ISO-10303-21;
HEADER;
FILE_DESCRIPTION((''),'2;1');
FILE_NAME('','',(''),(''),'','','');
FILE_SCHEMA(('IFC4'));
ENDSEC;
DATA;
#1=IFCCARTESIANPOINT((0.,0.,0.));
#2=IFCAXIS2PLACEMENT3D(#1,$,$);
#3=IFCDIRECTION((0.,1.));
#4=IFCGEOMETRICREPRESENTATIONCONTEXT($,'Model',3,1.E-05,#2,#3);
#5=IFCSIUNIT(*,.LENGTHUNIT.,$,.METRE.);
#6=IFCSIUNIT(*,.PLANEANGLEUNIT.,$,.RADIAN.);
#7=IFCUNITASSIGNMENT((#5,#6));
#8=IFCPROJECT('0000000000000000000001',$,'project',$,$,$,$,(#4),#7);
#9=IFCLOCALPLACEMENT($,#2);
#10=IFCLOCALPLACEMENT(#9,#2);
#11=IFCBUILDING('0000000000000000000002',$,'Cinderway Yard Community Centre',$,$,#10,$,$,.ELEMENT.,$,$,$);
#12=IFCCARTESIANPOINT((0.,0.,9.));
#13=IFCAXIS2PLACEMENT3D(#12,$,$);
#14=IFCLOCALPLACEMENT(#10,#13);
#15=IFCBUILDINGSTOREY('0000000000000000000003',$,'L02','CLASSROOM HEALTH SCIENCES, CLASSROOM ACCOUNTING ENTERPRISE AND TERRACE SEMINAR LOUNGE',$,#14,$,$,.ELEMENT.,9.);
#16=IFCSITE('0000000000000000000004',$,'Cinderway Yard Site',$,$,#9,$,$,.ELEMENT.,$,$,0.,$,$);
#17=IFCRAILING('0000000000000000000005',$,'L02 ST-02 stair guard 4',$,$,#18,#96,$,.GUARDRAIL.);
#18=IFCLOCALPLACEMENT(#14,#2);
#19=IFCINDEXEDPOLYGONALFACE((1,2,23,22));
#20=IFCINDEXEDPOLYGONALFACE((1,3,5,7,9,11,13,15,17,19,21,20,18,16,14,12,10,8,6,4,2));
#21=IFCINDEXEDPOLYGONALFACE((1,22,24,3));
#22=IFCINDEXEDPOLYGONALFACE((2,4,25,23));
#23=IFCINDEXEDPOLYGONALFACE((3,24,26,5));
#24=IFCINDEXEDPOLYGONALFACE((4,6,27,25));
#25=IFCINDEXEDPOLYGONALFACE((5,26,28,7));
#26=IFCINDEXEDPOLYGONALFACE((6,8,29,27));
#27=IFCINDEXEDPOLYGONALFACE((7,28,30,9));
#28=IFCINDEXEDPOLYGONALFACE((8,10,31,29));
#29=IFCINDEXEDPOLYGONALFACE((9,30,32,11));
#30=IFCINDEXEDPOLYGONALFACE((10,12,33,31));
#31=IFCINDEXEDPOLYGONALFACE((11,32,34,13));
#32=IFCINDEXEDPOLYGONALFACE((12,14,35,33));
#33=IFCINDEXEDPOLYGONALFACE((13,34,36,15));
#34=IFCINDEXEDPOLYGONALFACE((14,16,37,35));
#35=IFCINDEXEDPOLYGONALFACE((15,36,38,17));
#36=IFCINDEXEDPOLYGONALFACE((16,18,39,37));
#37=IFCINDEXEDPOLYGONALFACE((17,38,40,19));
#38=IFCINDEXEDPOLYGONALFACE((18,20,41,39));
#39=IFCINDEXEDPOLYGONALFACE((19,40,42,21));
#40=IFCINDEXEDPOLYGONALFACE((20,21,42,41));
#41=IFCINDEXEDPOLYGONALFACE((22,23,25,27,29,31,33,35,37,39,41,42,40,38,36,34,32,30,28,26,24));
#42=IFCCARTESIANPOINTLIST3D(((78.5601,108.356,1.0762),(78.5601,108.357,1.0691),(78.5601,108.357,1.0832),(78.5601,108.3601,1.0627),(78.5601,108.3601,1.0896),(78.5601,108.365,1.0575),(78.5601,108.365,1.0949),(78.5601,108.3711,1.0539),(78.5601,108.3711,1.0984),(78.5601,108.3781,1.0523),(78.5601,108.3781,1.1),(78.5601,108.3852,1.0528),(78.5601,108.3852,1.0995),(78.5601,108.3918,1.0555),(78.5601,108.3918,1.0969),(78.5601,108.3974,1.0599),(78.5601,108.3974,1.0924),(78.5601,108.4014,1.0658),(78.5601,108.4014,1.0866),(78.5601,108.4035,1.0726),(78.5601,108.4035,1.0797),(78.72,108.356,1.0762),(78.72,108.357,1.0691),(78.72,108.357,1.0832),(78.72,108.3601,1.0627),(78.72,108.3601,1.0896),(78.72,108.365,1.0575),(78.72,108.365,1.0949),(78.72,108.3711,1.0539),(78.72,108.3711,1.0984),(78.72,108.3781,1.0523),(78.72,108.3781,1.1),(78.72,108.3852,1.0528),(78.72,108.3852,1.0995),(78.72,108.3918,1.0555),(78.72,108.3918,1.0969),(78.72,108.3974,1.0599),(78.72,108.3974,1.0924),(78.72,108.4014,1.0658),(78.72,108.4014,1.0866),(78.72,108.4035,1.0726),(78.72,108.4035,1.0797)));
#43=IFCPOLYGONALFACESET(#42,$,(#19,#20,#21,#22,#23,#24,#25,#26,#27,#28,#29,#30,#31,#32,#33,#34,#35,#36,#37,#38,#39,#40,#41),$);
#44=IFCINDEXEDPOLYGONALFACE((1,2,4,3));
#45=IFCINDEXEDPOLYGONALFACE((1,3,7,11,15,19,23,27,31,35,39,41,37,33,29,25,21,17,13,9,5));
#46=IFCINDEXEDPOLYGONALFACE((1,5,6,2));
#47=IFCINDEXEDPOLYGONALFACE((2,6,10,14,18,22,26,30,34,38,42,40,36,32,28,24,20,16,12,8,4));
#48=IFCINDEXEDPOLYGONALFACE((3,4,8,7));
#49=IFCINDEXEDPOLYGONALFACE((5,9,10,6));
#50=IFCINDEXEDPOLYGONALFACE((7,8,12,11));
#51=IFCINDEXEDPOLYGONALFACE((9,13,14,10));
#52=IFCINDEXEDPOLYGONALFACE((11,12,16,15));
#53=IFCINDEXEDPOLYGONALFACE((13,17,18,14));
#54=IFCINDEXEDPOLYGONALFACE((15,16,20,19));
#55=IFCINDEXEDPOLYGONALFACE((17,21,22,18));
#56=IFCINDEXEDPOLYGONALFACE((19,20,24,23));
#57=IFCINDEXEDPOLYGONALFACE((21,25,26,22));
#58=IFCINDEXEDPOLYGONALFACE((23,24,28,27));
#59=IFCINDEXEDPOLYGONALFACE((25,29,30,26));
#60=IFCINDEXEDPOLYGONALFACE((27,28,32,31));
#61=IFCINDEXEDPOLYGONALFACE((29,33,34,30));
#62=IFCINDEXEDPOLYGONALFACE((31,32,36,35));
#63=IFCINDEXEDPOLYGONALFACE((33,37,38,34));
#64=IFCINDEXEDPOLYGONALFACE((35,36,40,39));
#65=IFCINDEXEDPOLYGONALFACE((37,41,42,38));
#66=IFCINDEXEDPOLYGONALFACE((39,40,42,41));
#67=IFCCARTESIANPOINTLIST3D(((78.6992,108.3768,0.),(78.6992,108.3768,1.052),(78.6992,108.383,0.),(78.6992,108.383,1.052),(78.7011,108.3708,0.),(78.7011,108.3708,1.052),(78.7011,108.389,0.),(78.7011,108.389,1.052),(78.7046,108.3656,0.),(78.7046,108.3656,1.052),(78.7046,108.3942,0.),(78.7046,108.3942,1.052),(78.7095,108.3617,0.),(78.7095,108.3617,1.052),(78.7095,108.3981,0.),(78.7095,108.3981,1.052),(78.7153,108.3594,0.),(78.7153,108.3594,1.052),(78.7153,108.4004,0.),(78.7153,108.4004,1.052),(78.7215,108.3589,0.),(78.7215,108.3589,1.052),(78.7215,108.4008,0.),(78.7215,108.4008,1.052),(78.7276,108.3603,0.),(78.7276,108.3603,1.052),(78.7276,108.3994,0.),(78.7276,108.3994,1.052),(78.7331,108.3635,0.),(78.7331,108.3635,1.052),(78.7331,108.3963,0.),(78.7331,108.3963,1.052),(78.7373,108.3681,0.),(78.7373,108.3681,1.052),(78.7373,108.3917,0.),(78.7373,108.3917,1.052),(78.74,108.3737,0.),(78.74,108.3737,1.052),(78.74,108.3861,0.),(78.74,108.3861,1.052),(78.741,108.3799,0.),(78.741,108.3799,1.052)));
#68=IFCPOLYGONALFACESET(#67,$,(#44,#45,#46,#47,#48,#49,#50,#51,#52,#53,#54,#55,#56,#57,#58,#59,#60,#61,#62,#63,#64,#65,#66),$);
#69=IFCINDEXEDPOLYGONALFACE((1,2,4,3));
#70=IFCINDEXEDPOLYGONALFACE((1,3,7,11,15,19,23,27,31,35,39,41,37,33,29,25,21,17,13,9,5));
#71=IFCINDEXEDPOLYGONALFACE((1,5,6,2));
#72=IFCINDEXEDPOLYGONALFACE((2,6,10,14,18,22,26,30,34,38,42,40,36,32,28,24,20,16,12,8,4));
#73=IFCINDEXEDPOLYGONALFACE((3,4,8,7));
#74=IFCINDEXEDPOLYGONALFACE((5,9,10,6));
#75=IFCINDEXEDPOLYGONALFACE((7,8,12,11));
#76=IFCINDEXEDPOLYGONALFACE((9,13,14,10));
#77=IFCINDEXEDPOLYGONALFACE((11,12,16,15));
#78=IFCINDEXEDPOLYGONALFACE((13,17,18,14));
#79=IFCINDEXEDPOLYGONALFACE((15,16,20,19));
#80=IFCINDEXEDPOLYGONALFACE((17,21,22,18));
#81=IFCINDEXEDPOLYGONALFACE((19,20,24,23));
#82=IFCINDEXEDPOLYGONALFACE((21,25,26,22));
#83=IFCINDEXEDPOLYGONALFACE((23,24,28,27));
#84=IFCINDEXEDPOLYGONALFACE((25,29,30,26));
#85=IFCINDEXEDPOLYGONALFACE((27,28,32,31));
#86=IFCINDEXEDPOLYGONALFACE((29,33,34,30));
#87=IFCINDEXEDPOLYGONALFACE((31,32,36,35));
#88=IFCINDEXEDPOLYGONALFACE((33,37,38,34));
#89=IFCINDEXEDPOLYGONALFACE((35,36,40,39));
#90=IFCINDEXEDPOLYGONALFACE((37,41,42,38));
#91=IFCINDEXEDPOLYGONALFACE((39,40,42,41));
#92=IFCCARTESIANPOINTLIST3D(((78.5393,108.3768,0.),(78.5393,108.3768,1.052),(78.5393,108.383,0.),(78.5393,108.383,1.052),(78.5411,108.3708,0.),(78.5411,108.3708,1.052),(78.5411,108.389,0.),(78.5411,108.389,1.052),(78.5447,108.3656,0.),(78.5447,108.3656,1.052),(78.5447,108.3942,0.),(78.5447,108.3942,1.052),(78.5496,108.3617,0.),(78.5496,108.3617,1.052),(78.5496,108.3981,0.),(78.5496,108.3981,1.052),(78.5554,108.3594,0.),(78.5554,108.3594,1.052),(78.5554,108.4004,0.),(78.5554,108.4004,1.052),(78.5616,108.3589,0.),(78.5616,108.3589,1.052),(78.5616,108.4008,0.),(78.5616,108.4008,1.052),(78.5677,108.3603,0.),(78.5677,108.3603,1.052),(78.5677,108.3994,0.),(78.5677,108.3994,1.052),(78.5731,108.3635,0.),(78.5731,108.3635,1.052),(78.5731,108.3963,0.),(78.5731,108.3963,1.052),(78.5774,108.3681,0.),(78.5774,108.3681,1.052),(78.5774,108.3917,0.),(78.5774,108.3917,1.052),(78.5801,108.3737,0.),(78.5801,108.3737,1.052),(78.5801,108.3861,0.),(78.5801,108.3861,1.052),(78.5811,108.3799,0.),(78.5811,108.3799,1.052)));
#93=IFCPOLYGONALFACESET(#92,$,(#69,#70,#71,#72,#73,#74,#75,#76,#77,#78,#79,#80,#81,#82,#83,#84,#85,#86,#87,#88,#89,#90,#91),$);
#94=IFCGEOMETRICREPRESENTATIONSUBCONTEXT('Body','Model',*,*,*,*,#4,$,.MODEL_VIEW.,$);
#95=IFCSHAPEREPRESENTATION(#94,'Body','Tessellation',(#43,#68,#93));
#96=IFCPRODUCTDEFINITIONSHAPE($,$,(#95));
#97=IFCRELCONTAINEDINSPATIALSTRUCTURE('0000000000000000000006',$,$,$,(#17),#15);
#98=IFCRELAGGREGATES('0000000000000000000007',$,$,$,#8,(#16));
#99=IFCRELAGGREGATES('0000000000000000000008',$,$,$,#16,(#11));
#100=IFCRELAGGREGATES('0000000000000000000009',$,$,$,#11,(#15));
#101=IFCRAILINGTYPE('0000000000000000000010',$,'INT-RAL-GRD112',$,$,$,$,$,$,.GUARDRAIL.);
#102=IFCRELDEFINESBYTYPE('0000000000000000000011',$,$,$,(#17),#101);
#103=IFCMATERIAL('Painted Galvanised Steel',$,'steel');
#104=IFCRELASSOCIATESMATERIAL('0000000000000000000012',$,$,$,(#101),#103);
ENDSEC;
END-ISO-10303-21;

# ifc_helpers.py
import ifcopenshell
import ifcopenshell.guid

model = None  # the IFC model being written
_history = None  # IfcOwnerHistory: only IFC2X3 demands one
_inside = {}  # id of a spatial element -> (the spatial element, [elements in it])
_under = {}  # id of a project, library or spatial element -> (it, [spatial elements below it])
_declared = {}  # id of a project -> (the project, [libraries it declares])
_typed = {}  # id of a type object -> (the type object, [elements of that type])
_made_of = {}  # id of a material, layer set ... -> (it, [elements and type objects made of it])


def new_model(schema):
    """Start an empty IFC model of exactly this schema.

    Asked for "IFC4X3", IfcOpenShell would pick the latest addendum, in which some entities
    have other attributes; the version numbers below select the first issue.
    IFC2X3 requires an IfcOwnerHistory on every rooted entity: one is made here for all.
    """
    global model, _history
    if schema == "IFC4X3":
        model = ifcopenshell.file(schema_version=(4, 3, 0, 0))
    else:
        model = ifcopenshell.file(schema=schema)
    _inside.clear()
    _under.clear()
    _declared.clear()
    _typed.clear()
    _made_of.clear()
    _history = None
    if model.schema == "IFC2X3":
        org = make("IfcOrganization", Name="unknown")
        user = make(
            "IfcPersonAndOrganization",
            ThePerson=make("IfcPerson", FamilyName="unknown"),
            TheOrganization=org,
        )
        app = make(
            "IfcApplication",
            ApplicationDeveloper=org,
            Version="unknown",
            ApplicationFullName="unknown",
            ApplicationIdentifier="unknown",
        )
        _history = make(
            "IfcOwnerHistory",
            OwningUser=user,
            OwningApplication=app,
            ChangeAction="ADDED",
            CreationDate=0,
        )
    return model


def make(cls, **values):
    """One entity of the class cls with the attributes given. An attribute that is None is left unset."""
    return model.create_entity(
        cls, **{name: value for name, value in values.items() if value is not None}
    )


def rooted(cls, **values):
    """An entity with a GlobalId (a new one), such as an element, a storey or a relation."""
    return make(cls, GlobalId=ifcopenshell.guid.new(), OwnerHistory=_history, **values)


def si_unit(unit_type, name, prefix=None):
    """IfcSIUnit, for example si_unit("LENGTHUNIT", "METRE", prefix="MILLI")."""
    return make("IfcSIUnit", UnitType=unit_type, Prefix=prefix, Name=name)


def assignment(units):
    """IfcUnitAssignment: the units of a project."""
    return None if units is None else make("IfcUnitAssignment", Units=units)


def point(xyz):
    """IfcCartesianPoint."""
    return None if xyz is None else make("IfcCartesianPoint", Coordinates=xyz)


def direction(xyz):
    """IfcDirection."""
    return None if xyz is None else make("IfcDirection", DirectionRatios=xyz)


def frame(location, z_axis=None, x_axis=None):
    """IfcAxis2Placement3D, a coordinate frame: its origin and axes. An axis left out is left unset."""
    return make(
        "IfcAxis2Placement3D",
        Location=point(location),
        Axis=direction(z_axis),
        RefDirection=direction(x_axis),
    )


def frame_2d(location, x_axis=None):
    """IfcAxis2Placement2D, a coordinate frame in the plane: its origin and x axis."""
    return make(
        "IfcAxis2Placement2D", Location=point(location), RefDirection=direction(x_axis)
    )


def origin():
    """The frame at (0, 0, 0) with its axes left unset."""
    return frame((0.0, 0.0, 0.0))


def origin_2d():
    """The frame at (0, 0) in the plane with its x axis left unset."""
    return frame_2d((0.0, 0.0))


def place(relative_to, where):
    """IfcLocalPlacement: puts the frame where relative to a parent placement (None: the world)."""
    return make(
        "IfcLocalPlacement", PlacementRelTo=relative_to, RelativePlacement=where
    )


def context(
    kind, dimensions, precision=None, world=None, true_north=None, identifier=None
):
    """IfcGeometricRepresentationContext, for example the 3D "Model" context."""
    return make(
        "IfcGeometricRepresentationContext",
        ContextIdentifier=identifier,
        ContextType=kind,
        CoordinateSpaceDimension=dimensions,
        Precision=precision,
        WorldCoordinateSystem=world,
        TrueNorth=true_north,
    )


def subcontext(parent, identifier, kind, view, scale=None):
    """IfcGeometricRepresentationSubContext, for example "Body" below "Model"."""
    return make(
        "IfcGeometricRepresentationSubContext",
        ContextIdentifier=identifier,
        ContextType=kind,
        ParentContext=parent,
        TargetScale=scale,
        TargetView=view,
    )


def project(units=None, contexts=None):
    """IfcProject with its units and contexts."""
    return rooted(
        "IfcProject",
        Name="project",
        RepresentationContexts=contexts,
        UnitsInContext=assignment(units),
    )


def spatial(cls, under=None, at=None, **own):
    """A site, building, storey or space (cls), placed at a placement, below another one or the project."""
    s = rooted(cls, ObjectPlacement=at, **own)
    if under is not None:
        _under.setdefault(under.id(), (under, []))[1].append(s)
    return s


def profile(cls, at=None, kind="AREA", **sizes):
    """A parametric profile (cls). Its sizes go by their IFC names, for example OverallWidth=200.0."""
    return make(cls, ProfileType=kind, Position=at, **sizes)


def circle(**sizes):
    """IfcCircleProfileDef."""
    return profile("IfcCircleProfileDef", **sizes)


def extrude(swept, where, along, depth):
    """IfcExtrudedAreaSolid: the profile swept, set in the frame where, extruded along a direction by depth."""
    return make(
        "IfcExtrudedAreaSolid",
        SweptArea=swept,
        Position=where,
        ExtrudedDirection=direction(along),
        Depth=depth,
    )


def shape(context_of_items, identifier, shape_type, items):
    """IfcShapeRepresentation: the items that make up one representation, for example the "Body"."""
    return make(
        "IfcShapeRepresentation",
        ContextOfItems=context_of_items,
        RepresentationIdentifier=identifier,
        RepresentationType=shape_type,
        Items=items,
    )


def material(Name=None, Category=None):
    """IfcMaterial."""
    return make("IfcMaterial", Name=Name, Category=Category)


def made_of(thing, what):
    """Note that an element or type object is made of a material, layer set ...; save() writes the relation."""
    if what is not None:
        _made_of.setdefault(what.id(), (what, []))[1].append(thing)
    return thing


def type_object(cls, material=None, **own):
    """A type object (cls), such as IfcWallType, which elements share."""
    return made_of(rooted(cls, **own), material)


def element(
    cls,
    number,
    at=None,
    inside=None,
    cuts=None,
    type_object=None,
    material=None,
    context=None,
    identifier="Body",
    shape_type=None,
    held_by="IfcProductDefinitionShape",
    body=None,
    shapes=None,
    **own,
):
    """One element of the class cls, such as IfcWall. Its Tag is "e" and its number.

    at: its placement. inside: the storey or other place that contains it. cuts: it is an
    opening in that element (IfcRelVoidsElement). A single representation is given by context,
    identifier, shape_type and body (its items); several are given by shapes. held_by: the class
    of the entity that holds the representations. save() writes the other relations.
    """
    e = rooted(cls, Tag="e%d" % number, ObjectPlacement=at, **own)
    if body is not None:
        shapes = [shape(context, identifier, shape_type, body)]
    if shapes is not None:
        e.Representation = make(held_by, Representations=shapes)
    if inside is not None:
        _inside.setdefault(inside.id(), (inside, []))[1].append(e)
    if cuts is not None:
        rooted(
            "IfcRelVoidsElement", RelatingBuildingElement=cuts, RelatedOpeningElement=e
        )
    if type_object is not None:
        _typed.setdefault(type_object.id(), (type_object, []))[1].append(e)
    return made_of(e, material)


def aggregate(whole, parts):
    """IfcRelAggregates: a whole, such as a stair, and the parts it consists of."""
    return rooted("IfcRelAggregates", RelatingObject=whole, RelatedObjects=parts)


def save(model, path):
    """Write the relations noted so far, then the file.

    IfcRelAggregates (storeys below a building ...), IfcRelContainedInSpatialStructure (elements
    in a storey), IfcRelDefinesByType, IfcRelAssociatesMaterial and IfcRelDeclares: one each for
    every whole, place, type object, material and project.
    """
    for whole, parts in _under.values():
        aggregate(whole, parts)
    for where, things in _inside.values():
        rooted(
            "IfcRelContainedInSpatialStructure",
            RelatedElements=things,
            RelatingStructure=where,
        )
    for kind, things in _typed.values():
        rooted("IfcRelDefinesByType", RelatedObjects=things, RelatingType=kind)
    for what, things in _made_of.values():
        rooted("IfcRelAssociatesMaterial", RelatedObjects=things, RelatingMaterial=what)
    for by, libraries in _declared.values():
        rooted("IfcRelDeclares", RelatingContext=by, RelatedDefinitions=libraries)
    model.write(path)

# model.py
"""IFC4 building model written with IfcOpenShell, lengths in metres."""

from ifc_helpers import new_model, si_unit, direction, frame, origin, origin_2d, place, context, subcontext, project, spatial, circle, extrude, material, type_object, element, save


model = new_model("IFC4")

# Units and contexts
model_context = context("Model", 3, precision=1e-05, world=origin(), true_north=direction((0.0, 1.0)))
body_context = subcontext(model_context, "Body", "Model", "MODEL_VIEW")
ifc_project = project(units=[si_unit("LENGTHUNIT", "METRE"), si_unit("PLANEANGLEUNIT", "RADIAN")], contexts=[model_context])

# Site, building, storey
site_placement = place(None, origin())
site = spatial("IfcSite", under=ifc_project, at=site_placement, Name="Cinderway Yard Site", CompositionType="ELEMENT", RefElevation=0.0)
building_placement = place(site_placement, origin())
building = spatial("IfcBuilding", under=site, at=building_placement, Name="Cinderway Yard Community Centre", CompositionType="ELEMENT")
storey_placement = place(building_placement, frame((0.0, 0.0, 9.0)))
storey = spatial("IfcBuildingStorey", under=building, at=storey_placement, Name="L02", Description="CLASSROOM HEALTH SCIENCES, CLASSROOM ACCOUNTING ENTERPRISE AND TERRACE SEMINAR LOUNGE", CompositionType="ELEMENT", Elevation=9.0)

# Shared definitions
ifc_material_1 = material(Name="Painted Galvanised Steel", Category="steel")

# Railing
railing_type_1 = type_object("IfcRailingType", Name="INT-RAL-GRD112", PredefinedType="GUARDRAIL", material=ifc_material_1)
railing_1_placement = place(storey_placement, frame((78.72, 108.3799, 0.0)))
element("IfcRailing", 1, at=railing_1_placement, inside=storey, type_object=railing_type_1, Name="L02 ST-02 stair guard 4", PredefinedType="GUARDRAIL", context=body_context, shape_type="SweptSolid", body=[
    extrude(circle(Radius=0.0239, at=origin_2d()), frame((0.0, 0.0, 1.0762), z_axis=(-1.0, 0.0, 0.0), x_axis=(0.0, -1.0, 0.0)), (0.0, 0.0, 1.0), 0.1599),
    extrude(circle(Radius=0.021, at=origin_2d()), origin(), (0.0, 0.0, 1.0), 1.052),
    extrude(circle(Radius=0.021, at=origin_2d()), frame((-0.1599, 0.0, 0.0)), (0.0, 0.0, 1.0), 1.052),
])

save(model, "model.ifc")
